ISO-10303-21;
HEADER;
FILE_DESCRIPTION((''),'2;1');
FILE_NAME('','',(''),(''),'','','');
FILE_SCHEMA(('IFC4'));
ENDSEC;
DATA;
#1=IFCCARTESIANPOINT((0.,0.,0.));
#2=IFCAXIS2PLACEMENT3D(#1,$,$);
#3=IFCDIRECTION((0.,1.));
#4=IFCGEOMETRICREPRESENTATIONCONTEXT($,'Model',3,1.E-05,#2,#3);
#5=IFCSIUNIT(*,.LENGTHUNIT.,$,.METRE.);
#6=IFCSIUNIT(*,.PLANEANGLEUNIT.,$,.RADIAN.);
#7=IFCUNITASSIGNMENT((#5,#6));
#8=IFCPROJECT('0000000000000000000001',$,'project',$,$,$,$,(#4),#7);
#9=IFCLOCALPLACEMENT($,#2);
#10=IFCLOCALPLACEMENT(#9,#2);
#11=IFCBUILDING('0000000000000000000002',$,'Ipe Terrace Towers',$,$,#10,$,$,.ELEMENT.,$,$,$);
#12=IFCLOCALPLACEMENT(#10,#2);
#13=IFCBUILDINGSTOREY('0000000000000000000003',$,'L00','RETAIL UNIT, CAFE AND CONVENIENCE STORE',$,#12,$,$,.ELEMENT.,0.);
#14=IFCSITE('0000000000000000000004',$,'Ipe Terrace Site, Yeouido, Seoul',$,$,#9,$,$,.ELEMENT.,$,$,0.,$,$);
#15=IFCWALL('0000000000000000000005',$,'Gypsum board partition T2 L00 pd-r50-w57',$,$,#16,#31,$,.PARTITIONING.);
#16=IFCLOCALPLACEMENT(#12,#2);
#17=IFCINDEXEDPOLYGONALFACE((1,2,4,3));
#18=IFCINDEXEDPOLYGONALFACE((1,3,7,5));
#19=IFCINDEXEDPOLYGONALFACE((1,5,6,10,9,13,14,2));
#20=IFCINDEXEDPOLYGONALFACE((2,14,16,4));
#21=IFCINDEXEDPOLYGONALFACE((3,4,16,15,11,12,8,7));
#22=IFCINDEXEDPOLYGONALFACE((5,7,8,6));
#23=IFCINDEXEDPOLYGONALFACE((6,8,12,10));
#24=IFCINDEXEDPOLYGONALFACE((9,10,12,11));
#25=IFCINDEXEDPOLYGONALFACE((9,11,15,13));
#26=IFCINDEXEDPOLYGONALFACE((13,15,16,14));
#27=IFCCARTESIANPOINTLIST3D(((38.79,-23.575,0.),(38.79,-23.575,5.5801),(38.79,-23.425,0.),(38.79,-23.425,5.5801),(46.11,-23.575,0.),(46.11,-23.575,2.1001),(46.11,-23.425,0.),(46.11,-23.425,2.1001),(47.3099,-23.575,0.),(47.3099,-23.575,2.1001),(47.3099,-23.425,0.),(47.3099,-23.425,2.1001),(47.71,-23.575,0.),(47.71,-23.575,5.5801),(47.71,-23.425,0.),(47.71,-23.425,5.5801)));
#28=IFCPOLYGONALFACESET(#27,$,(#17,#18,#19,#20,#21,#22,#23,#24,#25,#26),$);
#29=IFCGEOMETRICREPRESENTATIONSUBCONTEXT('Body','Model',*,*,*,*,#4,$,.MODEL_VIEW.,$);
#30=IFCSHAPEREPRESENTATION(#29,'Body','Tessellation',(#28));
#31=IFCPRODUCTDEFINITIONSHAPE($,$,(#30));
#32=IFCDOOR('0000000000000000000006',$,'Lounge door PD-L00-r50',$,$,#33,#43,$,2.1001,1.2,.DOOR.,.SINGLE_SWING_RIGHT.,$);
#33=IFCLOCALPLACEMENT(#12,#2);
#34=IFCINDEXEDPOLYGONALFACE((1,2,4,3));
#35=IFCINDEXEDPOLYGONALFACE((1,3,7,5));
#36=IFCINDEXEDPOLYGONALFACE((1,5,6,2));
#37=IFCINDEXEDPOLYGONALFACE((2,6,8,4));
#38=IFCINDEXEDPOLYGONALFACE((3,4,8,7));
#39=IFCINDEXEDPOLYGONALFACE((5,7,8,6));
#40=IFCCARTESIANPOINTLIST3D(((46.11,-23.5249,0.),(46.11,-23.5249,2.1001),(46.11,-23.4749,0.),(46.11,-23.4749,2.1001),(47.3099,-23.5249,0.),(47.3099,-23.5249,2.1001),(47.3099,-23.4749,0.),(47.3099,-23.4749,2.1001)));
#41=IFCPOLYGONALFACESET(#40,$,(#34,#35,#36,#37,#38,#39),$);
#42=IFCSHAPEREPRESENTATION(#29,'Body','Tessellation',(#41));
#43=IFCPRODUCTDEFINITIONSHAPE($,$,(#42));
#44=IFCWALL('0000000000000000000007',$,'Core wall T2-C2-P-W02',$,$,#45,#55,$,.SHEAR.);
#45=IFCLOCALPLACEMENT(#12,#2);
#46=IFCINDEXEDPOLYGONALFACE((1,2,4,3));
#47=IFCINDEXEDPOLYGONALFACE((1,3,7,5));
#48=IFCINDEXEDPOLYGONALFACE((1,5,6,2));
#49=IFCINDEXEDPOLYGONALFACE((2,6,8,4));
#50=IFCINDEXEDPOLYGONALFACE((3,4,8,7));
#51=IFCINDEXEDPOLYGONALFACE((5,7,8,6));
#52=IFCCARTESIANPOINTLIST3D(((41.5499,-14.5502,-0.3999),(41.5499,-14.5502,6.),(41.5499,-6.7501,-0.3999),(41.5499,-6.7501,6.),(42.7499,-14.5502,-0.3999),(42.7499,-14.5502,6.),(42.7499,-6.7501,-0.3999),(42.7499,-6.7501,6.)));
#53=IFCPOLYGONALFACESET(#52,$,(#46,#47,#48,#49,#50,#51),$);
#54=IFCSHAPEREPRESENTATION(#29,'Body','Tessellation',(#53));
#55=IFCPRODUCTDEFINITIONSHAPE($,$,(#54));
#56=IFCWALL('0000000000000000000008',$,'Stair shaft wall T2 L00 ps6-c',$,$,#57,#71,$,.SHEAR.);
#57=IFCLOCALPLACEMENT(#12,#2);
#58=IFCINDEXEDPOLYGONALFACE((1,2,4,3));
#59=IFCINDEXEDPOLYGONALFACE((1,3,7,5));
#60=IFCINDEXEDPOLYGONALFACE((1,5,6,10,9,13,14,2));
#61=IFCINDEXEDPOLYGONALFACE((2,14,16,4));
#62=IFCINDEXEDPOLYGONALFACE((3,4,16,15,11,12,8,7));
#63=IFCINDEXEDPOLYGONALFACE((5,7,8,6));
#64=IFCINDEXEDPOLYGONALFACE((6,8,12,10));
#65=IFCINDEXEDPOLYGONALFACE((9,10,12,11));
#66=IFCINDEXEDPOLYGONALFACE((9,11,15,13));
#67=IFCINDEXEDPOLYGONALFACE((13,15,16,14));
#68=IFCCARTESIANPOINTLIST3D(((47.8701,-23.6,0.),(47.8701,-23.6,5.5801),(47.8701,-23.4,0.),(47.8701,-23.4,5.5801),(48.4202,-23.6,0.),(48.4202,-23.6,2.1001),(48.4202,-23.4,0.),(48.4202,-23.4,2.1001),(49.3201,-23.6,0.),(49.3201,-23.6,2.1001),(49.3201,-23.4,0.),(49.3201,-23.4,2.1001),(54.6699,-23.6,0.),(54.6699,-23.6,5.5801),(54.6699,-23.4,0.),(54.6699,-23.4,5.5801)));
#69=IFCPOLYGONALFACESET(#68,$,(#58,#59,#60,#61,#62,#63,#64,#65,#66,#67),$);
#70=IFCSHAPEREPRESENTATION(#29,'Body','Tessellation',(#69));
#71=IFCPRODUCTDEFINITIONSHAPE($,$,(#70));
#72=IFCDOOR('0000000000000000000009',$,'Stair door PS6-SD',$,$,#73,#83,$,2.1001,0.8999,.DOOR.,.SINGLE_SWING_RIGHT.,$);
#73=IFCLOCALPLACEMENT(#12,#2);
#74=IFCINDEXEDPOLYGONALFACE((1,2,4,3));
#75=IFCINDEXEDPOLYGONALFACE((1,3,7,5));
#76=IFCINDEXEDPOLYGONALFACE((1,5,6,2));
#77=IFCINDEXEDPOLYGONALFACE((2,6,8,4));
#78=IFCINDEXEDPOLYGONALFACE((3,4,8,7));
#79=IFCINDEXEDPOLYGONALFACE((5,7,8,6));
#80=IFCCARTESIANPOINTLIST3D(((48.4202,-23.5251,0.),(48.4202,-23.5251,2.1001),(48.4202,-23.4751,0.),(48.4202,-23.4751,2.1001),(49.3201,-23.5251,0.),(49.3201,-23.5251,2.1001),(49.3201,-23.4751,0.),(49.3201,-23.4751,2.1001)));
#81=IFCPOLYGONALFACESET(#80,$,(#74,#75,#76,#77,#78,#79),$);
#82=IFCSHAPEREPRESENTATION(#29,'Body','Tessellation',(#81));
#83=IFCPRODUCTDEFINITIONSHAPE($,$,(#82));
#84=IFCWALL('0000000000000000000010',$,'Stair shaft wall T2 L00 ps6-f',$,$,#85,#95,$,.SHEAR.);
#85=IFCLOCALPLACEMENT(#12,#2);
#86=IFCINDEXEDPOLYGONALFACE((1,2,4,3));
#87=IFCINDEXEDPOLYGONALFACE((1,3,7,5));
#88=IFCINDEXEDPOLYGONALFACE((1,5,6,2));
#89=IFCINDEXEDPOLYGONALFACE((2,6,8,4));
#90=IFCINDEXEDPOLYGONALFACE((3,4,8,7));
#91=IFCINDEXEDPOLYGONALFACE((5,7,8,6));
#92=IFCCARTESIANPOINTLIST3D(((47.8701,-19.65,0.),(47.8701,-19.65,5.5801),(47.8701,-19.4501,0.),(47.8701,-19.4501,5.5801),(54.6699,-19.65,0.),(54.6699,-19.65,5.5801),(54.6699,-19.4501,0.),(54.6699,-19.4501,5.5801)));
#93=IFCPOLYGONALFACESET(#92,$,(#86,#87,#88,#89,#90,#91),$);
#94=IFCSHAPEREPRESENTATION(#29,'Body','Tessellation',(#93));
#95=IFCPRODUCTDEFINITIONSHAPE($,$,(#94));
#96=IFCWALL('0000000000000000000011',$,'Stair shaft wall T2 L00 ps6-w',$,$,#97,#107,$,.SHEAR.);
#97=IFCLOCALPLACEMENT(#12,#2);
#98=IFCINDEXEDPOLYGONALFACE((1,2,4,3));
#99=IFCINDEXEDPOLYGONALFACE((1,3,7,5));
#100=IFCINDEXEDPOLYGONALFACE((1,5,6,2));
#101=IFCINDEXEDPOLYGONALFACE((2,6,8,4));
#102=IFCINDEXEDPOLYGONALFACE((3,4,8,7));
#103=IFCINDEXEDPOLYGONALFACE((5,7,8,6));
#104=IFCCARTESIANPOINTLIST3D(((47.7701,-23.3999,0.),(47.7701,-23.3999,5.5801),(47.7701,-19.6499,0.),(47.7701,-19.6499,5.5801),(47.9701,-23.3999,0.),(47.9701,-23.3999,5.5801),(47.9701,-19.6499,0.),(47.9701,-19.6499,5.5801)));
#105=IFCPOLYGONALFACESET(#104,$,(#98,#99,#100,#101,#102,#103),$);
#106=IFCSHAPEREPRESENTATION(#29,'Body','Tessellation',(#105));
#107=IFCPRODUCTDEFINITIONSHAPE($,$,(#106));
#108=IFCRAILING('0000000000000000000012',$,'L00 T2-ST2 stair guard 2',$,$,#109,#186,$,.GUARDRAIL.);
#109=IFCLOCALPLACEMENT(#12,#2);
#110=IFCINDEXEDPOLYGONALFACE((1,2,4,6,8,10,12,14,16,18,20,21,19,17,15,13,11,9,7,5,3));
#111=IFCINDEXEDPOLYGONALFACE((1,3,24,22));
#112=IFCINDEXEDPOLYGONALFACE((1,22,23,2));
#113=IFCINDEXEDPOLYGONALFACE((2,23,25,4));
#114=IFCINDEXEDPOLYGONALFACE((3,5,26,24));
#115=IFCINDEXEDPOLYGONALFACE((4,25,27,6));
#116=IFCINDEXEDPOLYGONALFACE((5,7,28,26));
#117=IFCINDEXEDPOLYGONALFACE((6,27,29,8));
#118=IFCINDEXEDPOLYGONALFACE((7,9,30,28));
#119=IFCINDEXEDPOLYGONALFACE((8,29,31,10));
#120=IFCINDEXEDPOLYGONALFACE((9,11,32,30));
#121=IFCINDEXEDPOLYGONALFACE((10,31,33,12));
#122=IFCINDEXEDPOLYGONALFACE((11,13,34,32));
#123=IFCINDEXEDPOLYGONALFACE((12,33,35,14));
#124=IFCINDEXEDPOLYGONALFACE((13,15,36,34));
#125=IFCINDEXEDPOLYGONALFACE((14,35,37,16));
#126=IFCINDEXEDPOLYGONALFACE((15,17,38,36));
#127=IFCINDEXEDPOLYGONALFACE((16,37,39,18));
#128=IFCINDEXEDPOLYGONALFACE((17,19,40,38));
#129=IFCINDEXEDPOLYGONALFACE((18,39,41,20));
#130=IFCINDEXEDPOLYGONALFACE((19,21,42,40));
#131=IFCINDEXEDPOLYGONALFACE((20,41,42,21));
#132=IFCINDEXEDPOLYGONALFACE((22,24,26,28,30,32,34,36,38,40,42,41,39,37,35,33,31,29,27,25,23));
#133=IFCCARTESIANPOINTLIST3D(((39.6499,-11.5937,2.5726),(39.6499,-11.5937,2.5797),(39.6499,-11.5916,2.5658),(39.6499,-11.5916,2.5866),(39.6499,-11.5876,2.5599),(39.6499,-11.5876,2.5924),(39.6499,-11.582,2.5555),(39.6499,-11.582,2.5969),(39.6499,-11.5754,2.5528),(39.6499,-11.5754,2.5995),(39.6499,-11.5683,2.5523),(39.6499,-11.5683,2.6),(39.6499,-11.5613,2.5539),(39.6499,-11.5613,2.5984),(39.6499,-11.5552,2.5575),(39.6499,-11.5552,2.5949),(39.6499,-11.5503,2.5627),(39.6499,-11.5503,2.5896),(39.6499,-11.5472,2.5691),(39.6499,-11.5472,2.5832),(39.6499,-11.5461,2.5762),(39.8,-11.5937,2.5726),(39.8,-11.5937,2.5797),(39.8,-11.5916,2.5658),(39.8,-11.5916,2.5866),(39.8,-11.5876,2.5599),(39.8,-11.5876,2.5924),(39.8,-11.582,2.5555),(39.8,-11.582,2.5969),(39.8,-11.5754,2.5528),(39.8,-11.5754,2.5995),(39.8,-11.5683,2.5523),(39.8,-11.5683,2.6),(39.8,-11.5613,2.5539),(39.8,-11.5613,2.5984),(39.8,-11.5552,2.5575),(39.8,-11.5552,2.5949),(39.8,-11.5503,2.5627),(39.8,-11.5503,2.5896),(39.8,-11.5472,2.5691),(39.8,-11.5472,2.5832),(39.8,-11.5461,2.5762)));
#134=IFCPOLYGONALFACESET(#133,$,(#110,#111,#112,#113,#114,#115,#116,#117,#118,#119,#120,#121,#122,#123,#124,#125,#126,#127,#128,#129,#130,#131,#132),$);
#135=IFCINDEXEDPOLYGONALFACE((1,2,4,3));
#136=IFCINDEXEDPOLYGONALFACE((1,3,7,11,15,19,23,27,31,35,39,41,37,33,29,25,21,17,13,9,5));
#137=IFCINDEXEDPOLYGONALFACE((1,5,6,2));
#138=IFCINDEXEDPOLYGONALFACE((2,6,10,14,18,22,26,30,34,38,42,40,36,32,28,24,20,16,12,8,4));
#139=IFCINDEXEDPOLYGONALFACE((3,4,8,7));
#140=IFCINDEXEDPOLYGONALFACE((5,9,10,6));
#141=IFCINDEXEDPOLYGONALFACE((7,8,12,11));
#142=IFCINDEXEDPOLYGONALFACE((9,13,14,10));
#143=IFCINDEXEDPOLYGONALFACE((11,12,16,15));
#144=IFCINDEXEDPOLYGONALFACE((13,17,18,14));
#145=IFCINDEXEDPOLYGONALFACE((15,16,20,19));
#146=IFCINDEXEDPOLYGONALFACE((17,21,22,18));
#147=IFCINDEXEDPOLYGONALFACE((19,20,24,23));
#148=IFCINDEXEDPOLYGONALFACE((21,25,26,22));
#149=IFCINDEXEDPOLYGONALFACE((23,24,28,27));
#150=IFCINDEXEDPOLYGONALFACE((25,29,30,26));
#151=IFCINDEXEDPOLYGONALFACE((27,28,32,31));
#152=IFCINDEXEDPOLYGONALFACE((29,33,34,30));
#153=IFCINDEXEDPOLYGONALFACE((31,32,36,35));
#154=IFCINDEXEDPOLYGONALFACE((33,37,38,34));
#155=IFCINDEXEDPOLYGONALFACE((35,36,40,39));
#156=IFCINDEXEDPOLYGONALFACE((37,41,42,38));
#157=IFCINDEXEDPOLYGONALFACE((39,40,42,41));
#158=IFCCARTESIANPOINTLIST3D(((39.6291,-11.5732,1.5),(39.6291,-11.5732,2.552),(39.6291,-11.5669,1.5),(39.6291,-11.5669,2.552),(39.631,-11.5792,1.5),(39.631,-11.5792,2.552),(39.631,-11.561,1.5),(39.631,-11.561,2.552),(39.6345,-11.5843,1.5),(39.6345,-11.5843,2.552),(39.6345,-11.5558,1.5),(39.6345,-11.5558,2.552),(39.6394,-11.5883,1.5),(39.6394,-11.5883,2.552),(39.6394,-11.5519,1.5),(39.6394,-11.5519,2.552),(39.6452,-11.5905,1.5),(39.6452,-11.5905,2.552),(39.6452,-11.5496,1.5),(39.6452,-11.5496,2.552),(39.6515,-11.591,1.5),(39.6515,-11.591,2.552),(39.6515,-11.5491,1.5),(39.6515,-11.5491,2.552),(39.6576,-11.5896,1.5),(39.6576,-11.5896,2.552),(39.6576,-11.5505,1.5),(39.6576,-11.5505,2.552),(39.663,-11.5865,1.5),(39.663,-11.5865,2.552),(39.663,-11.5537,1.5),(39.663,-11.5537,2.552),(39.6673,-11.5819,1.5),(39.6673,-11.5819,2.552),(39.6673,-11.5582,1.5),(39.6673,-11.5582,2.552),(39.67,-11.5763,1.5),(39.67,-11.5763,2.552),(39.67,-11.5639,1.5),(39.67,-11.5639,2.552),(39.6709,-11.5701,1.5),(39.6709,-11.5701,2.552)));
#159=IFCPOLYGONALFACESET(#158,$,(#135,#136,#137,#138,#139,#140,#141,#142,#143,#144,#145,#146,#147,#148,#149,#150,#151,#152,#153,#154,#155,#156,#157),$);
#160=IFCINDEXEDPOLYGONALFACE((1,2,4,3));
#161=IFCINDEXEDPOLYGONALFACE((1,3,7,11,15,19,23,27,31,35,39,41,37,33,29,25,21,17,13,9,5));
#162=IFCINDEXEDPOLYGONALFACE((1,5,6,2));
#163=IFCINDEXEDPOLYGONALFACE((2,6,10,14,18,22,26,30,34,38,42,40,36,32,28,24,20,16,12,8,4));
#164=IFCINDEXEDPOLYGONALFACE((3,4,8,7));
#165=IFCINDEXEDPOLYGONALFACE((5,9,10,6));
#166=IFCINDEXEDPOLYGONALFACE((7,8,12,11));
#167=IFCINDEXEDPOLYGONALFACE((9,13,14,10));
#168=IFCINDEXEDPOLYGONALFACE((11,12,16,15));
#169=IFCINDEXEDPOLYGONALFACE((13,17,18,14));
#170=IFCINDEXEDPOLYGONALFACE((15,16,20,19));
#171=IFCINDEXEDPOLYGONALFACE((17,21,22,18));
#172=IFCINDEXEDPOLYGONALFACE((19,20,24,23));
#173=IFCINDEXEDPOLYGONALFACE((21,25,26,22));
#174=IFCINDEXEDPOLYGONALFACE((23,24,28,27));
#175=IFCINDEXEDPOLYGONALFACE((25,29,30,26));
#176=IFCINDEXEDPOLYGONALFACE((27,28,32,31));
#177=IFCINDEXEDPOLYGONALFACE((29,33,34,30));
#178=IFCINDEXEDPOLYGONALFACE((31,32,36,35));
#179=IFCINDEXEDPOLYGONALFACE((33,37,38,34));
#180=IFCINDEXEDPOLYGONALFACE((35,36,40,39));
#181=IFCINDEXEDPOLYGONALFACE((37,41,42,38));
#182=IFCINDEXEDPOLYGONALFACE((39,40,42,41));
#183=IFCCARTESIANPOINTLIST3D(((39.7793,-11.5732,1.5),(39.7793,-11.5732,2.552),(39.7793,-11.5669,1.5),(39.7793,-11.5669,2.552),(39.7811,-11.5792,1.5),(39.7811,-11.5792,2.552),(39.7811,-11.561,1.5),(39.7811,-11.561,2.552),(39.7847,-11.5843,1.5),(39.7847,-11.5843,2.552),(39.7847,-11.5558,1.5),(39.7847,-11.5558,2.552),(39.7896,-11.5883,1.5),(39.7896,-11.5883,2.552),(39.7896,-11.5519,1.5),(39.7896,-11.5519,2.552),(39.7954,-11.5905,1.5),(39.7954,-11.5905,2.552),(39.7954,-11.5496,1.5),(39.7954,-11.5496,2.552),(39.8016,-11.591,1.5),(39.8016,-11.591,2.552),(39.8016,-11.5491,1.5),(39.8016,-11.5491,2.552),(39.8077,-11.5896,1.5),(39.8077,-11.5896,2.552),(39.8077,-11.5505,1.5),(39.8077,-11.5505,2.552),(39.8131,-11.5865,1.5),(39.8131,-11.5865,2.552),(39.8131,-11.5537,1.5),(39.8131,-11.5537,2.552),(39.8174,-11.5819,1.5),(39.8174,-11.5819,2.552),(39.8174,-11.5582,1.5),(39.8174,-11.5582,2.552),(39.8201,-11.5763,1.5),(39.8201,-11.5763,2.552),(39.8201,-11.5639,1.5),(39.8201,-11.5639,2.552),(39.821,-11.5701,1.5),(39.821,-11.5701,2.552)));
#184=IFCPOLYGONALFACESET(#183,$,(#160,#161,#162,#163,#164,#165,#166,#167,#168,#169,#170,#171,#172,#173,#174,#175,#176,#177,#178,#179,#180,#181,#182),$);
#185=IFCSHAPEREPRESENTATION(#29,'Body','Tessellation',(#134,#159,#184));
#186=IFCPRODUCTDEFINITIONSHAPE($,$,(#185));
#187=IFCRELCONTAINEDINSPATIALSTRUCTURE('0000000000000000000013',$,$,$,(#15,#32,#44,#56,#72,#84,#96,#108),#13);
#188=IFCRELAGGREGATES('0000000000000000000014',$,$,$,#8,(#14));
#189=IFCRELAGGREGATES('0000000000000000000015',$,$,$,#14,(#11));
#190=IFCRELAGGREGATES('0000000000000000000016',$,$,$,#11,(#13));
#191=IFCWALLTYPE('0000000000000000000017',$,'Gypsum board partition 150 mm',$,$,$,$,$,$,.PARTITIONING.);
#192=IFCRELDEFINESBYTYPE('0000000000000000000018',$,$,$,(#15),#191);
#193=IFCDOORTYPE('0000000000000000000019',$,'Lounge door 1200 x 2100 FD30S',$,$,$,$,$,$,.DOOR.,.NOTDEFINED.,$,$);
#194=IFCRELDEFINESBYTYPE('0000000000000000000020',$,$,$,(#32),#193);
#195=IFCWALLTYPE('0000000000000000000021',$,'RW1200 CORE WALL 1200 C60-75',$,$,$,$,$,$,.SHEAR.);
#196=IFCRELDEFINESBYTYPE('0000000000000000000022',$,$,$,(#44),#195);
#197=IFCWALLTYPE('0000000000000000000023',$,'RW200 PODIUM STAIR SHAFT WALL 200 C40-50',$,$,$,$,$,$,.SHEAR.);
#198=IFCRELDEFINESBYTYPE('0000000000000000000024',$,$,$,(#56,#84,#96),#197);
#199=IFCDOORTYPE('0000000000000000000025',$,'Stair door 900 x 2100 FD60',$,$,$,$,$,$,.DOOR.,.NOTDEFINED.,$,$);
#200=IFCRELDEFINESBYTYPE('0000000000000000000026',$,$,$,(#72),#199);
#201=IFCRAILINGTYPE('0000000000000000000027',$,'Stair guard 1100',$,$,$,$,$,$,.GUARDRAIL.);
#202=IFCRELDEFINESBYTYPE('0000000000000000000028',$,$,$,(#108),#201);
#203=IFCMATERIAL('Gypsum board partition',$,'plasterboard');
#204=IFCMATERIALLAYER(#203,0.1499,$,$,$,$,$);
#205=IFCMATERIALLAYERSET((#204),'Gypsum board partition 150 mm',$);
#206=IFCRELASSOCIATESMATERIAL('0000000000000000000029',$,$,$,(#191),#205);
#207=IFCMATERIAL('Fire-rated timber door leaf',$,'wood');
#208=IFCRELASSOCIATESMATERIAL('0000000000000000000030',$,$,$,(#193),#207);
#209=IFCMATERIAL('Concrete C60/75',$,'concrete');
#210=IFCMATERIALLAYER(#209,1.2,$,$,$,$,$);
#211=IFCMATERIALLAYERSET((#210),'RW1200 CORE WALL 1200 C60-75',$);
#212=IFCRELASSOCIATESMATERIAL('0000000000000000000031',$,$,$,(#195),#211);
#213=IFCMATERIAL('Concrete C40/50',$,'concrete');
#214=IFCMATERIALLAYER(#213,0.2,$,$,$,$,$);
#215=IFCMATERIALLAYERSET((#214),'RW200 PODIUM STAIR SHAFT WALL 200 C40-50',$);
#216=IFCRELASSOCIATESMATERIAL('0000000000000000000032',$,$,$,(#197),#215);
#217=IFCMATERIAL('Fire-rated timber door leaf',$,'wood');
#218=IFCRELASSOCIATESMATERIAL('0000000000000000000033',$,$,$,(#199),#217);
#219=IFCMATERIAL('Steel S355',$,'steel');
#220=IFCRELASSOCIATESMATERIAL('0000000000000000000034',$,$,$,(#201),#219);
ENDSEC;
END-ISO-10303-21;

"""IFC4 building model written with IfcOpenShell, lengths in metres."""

from ifc_helpers import new_model, si_unit, direction, frame, frame_2d, origin, origin_2d, place, context, subcontext, project, spatial, rectangle, circle, extrude, material, layer, layer_set, type_object, element, fill, save


model = new_model("IFC4")

# Units and contexts
model_context = context("Model", 3, precision=1e-05, world=origin(), true_north=direction((0.0, 1.0)))
body_context = subcontext(model_context, "Body", "Model", "MODEL_VIEW")
ifc_project = project(units=[si_unit("LENGTHUNIT", "METRE"), si_unit("PLANEANGLEUNIT", "RADIAN")], contexts=[model_context])

# Site, building, storey
site_placement = place(None, origin())
site = spatial("IfcSite", under=ifc_project, at=site_placement, Name="Ipe Terrace Site, Yeouido, Seoul", CompositionType="ELEMENT", RefElevation=0.0)
building_placement = place(site_placement, origin())
building = spatial("IfcBuilding", under=site, at=building_placement, Name="Ipe Terrace Towers", CompositionType="ELEMENT")
storey_placement = place(building_placement, origin())
storey = spatial("IfcBuildingStorey", under=building, at=storey_placement, Name="L00", Description="RETAIL UNIT, CAFE AND CONVENIENCE STORE", CompositionType="ELEMENT", Elevation=0.0)

# Wall, opening, door
ifc_material_1 = material(Name="Gypsum board partition", Category="plasterboard")
ifc_layer_1 = layer(ifc_material_1, 0.1499)
ifc_layer_set_1 = layer_set([ifc_layer_1], Name="Gypsum board partition 150 mm")
wall_type_1 = type_object("IfcWallType", Name="Gypsum board partition 150 mm", PredefinedType="PARTITIONING", material=ifc_layer_set_1)
wall_1_placement = place(storey_placement, frame((47.71, -23.5, 0.0), z_axis=(0.0, 0.0, 1.0), x_axis=(-1.0, 0.0, 0.0)))
wall_1 = element("IfcWall", 1, at=wall_1_placement, inside=storey, type_object=wall_type_1, Name="Gypsum board partition T2 L00 pd-r50-w57", PredefinedType="PARTITIONING", context=body_context, shape_type="SweptSolid", body=[
    extrude(rectangle(XDim=8.9199, YDim=0.1499, at=frame_2d((4.46, 0.0))), origin(), (0.0, 0.0, 1.0), 5.5801),
])
opening_1_placement = place(wall_1_placement, frame((0.3999, 0.0, 0.0)))
opening_1 = element("IfcOpeningElement", 2, at=opening_1_placement, cuts=wall_1, PredefinedType="OPENING", context=body_context, shape_type="SweptSolid", body=[
    extrude(rectangle(XDim=1.2, YDim=2.1001, at=frame_2d((0.6001, 1.05))), frame((0.0, 0.085, 0.0), z_axis=(0.0, -1.0, 0.0), x_axis=(1.0, 0.0, 0.0)), (0.0, 0.0, 1.0), 0.1699),
])
ifc_material_2 = material(Name="Fire-rated timber door leaf", Category="wood")
door_type_1 = type_object("IfcDoorType", Name="Lounge door 1200 x 2100 FD30S", OperationType="NOTDEFINED", PredefinedType="DOOR", material=ifc_material_2)
door_1_placement = place(opening_1_placement, origin())
door_1 = element("IfcDoor", 3, at=door_1_placement, inside=storey, type_object=door_type_1, Name="Lounge door PD-L00-r50", OperationType="SINGLE_SWING_RIGHT", OverallHeight=2.1001, OverallWidth=1.2, PredefinedType="DOOR", context=body_context, shape_type="SweptSolid", body=[
    extrude(rectangle(XDim=1.2, YDim=2.1001, at=frame_2d((0.6001, 1.05))), frame((0.0, 0.0249, 0.0), z_axis=(0.0, -1.0, 0.0), x_axis=(1.0, 0.0, 0.0)), (0.0, 0.0, 1.0), 0.05),
])
fill(opening_1, door_1)

# Wall
ifc_material_3 = material(Name="Concrete C60/75", Category="concrete")
ifc_layer_2 = layer(ifc_material_3, 1.2)
ifc_layer_set_2 = layer_set([ifc_layer_2], Name="RW1200 CORE WALL 1200 C60-75")
wall_type_2 = type_object("IfcWallType", Name="RW1200 CORE WALL 1200 C60-75", PredefinedType="SHEAR", material=ifc_layer_set_2)
wall_2_placement = place(storey_placement, frame((42.1499, -14.55, -0.3999), z_axis=(0.0, 0.0, 1.0), x_axis=(0.0, 1.0, 0.0)))
element("IfcWall", 4, at=wall_2_placement, inside=storey, type_object=wall_type_2, Name="Core wall T2-C2-P-W02", PredefinedType="SHEAR", context=body_context, shape_type="SweptSolid", body=[
    extrude(rectangle(XDim=7.8, YDim=1.2, at=frame_2d((3.8999, 0.0))), origin(), (0.0, 0.0, 1.0), 6.3999),
])

# Wall, opening, door
ifc_material_4 = material(Name="Concrete C40/50", Category="concrete")
ifc_layer_3 = layer(ifc_material_4, 0.2)
ifc_layer_set_3 = layer_set([ifc_layer_3], Name="RW200 PODIUM STAIR SHAFT WALL 200 C40-50")
wall_type_3 = type_object("IfcWallType", Name="RW200 PODIUM STAIR SHAFT WALL 200 C40-50", PredefinedType="SHEAR", material=ifc_layer_set_3)
wall_3_placement = place(storey_placement, frame((47.8701, -23.5, 0.0), z_axis=(0.0, 0.0, 1.0), x_axis=(1.0, 0.0, 0.0)))
wall_3 = element("IfcWall", 5, at=wall_3_placement, inside=storey, type_object=wall_type_3, Name="Stair shaft wall T2 L00 ps6-c", PredefinedType="SHEAR", context=body_context, shape_type="SweptSolid", body=[
    extrude(rectangle(XDim=6.7998, YDim=0.2, at=frame_2d((3.3999, 0.0))), origin(), (0.0, 0.0, 1.0), 5.5801),
])
opening_2_placement = place(wall_3_placement, frame((0.55, 0.0, 0.0)))
opening_2 = element("IfcOpeningElement", 6, at=opening_2_placement, cuts=wall_3, PredefinedType="OPENING", context=body_context, shape_type="SweptSolid", body=[
    extrude(rectangle(XDim=0.8999, YDim=2.1001, at=frame_2d((0.45, 1.05))), frame((0.0, 0.1099, 0.0), z_axis=(0.0, -1.0, 0.0), x_axis=(1.0, 0.0, 0.0)), (0.0, 0.0, 1.0), 0.22),
])
ifc_material_5 = material(Name="Fire-rated timber door leaf", Category="wood")
door_type_2 = type_object("IfcDoorType", Name="Stair door 900 x 2100 FD60", OperationType="NOTDEFINED", PredefinedType="DOOR", material=ifc_material_5)
door_2_placement = place(opening_2_placement, origin())
door_2 = element("IfcDoor", 7, at=door_2_placement, inside=storey, type_object=door_type_2, Name="Stair door PS6-SD", OperationType="SINGLE_SWING_RIGHT", OverallHeight=2.1001, OverallWidth=0.8999, PredefinedType="DOOR", context=body_context, shape_type="SweptSolid", body=[
    extrude(rectangle(XDim=0.8999, YDim=2.1001, at=frame_2d((0.45, 1.05))), frame((0.0, 0.0249, 0.0), z_axis=(0.0, -1.0, 0.0), x_axis=(1.0, 0.0, 0.0)), (0.0, 0.0, 1.0), 0.05),
])
fill(opening_2, door_2)

# Walls
wall_4_placement = place(storey_placement, frame((47.8701, -19.55, 0.0), z_axis=(0.0, 0.0, 1.0), x_axis=(1.0, 0.0, 0.0)))
element("IfcWall", 8, at=wall_4_placement, inside=storey, type_object=wall_type_3, Name="Stair shaft wall T2 L00 ps6-f", PredefinedType="SHEAR", context=body_context, shape_type="SweptSolid", body=[
    extrude(rectangle(XDim=6.7998, YDim=0.2, at=frame_2d((3.3999, 0.0))), origin(), (0.0, 0.0, 1.0), 5.5801),
])
wall_5_placement = place(storey_placement, frame((47.8701, -23.3999, 0.0), z_axis=(0.0, 0.0, 1.0), x_axis=(0.0, 1.0, 0.0)))
element("IfcWall", 9, at=wall_5_placement, inside=storey, type_object=wall_type_3, Name="Stair shaft wall T2 L00 ps6-w", PredefinedType="SHEAR", context=body_context, shape_type="SweptSolid", body=[
    extrude(rectangle(XDim=3.75, YDim=0.2, at=frame_2d((1.875, 0.0))), origin(), (0.0, 0.0, 1.0), 5.5801),
])

# Railing
ifc_material_6 = material(Name="Steel S355", Category="steel")
railing_type_1 = type_object("IfcRailingType", Name="Stair guard 1100", PredefinedType="GUARDRAIL", material=ifc_material_6)
railing_1_placement = place(storey_placement, frame((39.6499, -11.5701, 1.5)))
element("IfcRailing", 10, at=railing_1_placement, inside=storey, type_object=railing_type_1, Name="L00 T2-ST2 stair guard 2", PredefinedType="GUARDRAIL", context=body_context, shape_type="SweptSolid", body=[
    extrude(circle(Radius=0.0239, at=origin_2d()), frame((0.0, 0.0, 1.0762), z_axis=(1.0, 0.0, 0.0), x_axis=(0.0, 1.0, 0.0)), (0.0, 0.0, 1.0), 0.1501),
    extrude(circle(Radius=0.021, at=origin_2d()), origin(), (0.0, 0.0, 1.0), 1.052),
    extrude(circle(Radius=0.021, at=origin_2d()), frame((0.1501, 0.0, 0.0)), (0.0, 0.0, 1.0), 1.052),
])

save(model, "model.ifc")
